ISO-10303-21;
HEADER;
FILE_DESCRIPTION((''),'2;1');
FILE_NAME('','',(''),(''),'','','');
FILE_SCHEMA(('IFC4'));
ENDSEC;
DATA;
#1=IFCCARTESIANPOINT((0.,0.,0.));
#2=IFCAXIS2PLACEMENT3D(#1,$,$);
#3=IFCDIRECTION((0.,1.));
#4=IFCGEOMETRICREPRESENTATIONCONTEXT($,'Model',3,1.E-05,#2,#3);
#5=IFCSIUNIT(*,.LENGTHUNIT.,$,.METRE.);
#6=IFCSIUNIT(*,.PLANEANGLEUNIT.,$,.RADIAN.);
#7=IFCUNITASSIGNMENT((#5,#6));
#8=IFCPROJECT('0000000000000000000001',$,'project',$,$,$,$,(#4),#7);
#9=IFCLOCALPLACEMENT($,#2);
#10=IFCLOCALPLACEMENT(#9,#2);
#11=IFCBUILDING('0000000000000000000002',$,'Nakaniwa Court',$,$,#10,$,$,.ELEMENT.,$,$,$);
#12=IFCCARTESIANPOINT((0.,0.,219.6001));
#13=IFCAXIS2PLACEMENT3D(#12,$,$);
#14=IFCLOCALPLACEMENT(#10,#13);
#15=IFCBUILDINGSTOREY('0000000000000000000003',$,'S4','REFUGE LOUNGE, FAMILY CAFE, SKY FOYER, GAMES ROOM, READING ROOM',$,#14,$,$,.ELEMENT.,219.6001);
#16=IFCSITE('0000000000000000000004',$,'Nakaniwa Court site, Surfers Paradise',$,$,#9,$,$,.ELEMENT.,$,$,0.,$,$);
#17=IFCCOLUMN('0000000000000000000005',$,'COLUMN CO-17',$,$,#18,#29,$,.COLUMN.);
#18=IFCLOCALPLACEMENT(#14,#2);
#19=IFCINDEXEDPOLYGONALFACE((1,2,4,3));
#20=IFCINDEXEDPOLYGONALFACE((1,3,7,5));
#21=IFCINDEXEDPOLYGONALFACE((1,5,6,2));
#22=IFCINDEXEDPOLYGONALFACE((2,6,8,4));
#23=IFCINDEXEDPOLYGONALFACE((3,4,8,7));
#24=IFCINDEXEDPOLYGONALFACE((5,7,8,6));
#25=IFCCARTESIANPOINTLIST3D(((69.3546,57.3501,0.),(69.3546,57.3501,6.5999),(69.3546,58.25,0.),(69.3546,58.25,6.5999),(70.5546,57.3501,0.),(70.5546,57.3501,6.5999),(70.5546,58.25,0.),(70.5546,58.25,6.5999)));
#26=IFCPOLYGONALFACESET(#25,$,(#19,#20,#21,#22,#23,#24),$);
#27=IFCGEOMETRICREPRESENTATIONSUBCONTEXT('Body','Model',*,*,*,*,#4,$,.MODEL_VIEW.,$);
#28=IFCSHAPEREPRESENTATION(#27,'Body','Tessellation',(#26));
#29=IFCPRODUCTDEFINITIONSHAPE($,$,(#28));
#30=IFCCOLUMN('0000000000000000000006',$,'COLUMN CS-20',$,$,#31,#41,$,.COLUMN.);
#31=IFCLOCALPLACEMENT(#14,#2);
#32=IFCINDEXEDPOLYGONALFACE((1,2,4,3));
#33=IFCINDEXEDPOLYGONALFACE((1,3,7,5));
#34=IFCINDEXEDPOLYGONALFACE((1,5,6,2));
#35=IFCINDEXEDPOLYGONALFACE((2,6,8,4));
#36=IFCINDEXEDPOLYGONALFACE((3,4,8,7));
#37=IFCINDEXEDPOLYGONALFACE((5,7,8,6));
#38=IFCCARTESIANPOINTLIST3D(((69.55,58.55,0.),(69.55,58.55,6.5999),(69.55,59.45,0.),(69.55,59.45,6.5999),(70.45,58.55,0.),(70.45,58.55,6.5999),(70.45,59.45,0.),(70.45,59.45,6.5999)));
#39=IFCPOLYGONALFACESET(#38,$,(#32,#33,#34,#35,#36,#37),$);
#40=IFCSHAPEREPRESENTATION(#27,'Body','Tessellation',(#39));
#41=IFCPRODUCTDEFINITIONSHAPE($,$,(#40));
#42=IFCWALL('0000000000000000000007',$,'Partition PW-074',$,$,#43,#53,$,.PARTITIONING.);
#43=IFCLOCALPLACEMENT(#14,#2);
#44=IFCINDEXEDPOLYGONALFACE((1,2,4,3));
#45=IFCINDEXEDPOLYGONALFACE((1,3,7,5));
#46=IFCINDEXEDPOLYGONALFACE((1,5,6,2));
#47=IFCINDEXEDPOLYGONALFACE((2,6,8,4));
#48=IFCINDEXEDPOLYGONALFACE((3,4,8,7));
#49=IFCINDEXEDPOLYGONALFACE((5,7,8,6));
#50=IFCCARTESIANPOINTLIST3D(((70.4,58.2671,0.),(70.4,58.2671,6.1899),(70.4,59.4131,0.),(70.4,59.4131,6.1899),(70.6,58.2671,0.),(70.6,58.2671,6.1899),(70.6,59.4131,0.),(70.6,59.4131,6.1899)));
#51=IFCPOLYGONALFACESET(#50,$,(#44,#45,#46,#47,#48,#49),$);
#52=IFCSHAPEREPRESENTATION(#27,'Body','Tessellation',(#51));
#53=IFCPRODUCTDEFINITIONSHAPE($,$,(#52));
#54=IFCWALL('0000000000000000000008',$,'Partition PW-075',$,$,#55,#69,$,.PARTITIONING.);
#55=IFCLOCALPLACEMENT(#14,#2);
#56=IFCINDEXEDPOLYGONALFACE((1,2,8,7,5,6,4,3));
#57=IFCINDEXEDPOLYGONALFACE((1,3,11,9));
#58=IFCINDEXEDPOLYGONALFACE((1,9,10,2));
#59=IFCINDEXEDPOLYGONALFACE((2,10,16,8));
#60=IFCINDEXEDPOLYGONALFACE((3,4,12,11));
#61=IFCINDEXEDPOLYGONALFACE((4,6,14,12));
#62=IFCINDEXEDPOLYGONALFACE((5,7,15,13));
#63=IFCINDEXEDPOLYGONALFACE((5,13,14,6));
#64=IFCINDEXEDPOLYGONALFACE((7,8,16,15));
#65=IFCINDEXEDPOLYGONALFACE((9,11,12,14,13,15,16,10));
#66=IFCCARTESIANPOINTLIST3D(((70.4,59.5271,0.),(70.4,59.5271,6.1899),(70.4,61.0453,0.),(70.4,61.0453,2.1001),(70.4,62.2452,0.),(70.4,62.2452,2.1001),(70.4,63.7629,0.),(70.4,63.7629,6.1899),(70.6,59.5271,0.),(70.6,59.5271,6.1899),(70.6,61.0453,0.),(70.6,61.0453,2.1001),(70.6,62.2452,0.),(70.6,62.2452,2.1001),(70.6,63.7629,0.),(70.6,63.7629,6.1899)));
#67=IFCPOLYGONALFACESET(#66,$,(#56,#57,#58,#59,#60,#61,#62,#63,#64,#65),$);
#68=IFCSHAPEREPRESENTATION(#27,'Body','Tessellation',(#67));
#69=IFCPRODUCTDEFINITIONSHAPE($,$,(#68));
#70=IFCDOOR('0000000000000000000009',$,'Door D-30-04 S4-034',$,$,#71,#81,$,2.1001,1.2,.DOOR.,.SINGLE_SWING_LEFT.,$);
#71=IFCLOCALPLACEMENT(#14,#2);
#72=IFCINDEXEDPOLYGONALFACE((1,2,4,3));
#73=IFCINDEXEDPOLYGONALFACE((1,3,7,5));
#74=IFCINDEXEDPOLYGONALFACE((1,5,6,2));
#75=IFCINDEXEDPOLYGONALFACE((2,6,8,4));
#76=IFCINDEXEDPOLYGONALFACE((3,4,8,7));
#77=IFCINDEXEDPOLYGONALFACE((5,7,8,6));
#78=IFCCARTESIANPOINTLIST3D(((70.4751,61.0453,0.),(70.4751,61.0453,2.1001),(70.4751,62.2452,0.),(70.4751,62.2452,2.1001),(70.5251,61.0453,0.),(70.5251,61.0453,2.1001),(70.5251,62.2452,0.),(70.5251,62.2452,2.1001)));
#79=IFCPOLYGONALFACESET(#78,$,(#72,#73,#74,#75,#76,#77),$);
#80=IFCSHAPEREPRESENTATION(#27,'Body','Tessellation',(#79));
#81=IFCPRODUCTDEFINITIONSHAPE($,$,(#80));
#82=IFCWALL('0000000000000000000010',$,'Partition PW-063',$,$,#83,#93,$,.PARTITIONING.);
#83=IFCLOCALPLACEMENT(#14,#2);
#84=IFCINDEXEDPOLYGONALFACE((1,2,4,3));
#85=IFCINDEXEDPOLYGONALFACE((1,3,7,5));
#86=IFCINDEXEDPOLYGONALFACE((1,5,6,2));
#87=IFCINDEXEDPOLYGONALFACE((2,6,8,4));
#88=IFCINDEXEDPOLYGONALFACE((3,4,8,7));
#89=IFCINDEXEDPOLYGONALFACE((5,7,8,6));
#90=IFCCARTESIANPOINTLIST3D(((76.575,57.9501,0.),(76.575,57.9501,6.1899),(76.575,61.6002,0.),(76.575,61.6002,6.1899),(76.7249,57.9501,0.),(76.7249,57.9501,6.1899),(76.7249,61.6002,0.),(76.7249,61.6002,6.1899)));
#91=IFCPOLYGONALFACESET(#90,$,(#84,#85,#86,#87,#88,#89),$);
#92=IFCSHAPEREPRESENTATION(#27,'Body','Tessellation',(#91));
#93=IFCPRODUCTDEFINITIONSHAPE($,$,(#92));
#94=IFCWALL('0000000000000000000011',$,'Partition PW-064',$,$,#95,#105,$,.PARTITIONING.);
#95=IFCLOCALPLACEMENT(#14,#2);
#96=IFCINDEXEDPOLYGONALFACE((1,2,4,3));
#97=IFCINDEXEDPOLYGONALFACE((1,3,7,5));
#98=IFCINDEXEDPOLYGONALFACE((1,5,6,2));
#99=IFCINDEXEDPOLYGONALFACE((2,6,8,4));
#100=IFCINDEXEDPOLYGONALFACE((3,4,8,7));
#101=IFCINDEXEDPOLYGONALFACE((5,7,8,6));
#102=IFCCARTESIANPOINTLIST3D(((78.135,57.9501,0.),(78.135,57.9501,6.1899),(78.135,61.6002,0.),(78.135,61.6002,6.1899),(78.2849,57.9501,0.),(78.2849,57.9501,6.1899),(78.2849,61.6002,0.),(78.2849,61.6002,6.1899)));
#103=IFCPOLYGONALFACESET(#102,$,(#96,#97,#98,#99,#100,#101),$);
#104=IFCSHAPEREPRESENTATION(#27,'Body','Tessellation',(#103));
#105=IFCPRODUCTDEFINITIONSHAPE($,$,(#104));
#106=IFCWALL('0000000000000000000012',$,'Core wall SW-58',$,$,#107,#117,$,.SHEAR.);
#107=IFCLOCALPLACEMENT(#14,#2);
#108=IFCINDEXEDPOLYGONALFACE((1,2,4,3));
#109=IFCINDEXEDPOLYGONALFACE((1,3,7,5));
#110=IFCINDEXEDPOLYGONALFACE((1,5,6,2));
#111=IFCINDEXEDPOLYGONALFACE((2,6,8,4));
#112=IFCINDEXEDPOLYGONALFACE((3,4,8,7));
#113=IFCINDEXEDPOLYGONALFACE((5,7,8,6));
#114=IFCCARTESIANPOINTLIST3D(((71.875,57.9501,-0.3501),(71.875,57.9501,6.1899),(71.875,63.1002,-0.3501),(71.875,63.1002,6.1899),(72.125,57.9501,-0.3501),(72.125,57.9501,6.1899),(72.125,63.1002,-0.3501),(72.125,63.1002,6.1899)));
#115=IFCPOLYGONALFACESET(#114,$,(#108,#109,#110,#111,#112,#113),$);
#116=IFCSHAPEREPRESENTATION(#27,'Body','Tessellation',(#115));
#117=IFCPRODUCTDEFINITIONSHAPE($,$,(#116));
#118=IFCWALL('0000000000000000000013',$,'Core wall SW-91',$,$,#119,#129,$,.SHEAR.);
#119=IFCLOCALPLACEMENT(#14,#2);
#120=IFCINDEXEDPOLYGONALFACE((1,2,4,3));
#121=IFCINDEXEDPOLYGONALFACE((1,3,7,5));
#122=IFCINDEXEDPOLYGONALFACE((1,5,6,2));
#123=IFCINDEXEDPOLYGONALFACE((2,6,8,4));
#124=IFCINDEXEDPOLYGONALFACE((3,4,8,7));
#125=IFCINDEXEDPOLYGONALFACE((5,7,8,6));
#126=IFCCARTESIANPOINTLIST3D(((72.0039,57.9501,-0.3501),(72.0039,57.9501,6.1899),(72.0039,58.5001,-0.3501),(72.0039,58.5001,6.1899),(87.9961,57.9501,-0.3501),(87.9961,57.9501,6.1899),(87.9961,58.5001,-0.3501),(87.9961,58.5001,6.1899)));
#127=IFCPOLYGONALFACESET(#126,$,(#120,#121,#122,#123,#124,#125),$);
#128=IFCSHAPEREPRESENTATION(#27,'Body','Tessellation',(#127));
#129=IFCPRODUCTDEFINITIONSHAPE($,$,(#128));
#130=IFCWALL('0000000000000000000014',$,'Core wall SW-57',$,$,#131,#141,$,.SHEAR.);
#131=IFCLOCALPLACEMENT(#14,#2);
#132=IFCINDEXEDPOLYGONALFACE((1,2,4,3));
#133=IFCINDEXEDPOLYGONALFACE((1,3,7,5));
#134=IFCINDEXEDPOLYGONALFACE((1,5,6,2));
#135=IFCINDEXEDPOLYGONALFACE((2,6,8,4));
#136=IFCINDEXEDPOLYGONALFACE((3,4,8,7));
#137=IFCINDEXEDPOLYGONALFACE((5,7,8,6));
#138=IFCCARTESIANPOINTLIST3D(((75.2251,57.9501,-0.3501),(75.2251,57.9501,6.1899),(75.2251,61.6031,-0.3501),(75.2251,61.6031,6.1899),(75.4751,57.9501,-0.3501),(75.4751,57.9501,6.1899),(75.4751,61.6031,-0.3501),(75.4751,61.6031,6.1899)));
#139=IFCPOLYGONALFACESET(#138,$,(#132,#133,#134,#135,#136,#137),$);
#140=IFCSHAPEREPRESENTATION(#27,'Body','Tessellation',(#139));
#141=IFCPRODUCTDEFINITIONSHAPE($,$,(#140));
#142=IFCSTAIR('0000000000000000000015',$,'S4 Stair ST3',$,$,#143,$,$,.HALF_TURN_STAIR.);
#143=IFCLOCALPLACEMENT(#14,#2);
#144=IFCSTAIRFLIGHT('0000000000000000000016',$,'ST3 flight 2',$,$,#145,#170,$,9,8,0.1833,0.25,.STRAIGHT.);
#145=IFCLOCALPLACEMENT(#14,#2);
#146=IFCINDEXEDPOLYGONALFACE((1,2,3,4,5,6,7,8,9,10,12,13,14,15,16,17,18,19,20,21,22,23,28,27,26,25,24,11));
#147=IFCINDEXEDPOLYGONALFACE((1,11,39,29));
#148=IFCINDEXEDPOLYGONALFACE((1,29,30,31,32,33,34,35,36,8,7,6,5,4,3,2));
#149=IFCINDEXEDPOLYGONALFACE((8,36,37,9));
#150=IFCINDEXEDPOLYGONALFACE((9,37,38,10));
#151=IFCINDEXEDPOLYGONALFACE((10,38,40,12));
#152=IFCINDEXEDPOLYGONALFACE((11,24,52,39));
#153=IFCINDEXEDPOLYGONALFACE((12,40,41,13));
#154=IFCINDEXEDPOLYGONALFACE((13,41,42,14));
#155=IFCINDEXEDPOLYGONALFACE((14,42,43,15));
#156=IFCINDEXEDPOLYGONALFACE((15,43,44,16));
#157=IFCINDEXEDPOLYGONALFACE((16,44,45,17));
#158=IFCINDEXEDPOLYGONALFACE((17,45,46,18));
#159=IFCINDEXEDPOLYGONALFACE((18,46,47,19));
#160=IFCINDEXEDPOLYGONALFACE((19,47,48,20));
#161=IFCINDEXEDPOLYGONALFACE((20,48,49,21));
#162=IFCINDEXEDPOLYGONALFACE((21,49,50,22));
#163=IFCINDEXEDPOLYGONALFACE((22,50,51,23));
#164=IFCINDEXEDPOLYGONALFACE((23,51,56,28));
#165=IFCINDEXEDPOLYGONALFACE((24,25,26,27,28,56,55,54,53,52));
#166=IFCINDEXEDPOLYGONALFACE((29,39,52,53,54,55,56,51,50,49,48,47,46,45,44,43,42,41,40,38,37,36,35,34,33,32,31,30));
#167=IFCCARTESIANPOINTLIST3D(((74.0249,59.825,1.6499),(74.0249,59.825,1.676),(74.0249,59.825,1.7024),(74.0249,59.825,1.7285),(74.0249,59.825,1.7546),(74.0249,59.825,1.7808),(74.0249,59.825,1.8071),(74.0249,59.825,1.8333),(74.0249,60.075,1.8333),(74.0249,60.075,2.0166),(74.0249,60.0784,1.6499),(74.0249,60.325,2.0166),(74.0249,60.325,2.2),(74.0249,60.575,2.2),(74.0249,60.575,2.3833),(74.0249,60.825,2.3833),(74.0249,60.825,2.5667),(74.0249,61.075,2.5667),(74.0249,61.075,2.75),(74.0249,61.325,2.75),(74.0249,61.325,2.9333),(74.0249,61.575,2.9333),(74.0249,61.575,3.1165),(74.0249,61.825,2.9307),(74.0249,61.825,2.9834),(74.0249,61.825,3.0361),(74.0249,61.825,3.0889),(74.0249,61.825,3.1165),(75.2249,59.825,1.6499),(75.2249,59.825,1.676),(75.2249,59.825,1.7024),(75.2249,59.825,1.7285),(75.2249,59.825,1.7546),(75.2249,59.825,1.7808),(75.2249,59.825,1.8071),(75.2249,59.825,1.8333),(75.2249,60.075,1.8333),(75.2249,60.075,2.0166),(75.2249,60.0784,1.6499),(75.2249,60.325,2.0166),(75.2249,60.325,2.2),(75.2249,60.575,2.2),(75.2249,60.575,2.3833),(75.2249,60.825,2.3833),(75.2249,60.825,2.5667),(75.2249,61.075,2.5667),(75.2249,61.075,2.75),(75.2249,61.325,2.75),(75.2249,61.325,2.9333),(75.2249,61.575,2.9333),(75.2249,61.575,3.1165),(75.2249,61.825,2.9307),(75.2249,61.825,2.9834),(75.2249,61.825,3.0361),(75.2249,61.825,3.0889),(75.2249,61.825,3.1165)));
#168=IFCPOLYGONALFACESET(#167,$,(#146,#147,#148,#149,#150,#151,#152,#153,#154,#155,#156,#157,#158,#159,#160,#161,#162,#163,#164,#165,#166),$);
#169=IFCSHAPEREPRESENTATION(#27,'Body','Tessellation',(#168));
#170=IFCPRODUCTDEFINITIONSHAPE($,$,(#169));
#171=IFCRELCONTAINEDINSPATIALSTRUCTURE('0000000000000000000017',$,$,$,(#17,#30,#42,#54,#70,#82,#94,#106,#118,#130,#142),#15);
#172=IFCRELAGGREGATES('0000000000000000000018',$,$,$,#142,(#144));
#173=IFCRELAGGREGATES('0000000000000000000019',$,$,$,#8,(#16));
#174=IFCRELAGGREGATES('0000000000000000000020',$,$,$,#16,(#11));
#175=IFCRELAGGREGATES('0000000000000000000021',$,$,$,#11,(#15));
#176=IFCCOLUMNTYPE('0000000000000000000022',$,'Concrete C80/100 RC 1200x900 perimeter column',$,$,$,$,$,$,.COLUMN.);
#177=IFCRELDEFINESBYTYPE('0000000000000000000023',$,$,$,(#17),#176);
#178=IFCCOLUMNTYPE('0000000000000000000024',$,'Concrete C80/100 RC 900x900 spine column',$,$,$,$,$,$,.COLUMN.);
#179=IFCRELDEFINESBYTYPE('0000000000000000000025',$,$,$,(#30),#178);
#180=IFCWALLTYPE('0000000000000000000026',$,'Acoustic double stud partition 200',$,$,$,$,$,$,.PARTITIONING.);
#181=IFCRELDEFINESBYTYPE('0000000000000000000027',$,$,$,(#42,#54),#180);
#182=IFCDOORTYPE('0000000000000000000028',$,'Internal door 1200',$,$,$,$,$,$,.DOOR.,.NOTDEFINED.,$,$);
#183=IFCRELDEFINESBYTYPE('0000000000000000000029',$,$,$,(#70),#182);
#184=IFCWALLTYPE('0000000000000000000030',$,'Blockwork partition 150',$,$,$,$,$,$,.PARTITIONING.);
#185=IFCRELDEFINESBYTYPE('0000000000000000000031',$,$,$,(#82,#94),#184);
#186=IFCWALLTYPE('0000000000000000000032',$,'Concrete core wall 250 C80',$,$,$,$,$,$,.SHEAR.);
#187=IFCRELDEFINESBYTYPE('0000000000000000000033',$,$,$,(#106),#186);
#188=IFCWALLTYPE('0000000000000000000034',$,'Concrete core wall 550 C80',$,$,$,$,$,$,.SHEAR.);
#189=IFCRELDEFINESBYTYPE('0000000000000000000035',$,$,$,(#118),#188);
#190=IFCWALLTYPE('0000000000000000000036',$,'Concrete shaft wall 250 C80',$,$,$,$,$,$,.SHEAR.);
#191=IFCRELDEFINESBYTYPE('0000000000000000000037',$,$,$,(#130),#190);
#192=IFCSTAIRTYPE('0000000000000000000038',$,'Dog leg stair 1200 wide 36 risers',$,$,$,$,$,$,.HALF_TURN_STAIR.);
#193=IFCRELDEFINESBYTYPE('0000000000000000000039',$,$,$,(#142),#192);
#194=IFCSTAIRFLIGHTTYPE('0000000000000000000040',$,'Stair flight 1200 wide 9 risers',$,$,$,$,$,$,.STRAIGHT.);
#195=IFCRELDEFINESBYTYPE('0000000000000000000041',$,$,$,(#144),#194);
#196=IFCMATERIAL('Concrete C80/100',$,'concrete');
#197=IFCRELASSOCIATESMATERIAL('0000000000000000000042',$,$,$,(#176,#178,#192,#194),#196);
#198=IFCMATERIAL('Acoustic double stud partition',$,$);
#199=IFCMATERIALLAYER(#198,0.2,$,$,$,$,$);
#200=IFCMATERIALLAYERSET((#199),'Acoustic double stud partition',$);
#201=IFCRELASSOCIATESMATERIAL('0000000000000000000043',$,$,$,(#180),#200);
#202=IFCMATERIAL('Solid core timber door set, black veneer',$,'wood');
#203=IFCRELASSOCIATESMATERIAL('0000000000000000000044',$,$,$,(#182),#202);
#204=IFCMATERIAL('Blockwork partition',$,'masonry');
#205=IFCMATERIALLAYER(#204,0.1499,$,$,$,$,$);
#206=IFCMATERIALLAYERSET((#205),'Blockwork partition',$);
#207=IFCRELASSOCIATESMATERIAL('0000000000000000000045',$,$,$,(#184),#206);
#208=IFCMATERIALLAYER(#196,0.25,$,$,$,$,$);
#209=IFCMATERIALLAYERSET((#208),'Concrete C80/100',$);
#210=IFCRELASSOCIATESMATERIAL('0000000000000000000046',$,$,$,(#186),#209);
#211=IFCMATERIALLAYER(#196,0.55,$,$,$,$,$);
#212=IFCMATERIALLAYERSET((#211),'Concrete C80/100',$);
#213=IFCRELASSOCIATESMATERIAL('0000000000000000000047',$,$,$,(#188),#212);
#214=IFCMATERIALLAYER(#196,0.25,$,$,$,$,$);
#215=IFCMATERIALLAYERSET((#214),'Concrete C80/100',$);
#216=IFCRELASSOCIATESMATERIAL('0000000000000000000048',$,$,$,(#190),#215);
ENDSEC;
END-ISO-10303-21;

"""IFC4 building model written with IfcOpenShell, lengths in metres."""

from ifc_helpers import new_model, si_unit, direction, frame, frame_2d, origin, origin_2d, place, context, subcontext, project, spatial, polyline, rectangle, outline, extrude, material, layer, layer_set, material_profile, profile_set, type_object, element, fill, aggregate, save


model = new_model("IFC4")

# Units and contexts
model_context = context("Model", 3, precision=1e-05, world=origin(), true_north=direction((0.0, 1.0)))
body_context = subcontext(model_context, "Body", "Model", "MODEL_VIEW")
ifc_project = project(units=[si_unit("LENGTHUNIT", "METRE"), si_unit("PLANEANGLEUNIT", "RADIAN")], contexts=[model_context])

# Site, building, storey
site_placement = place(None, origin())
site = spatial("IfcSite", under=ifc_project, at=site_placement, Name="Nakaniwa Court site, Surfers Paradise", CompositionType="ELEMENT", RefElevation=0.0)
building_placement = place(site_placement, origin())
building = spatial("IfcBuilding", under=site, at=building_placement, Name="Nakaniwa Court", CompositionType="ELEMENT")
storey_placement = place(building_placement, frame((0.0, 0.0, 219.6001)))
storey = spatial("IfcBuildingStorey", under=building, at=storey_placement, Name="S4", Description="REFUGE LOUNGE, FAMILY CAFE, SKY FOYER, GAMES ROOM, READING ROOM", CompositionType="ELEMENT", Elevation=219.6001)

# Columns
ifc_material_1 = material(Name="Concrete C80/100", Category="concrete")
ifc_material_profile_1 = material_profile(ifc_material_1, rectangle(XDim=1.2, YDim=0.8999, at=origin_2d()), Name="Concrete C80/100 RC 1200x900 perimeter column")
ifc_profile_set_1 = profile_set([ifc_material_profile_1], Name="Concrete C80/100")
column_type_1 = type_object("IfcColumnType", Name="Concrete C80/100 RC 1200x900 perimeter column", PredefinedType="COLUMN", material=ifc_profile_set_1)
column_1_placement = place(storey_placement, frame((69.9546, 57.8, 0.0), z_axis=(0.0, 0.0, 1.0), x_axis=(1.0, 0.0, 0.0)))
element("IfcColumn", 1, at=column_1_placement, inside=storey, type_object=column_type_1, Name="COLUMN CO-17", PredefinedType="COLUMN", context=body_context, shape_type="SweptSolid", body=[
    extrude(rectangle(XDim=1.2, YDim=0.8999, at=origin_2d()), origin(), (0.0, 0.0, 1.0), 6.5999),
])
ifc_material_profile_2 = material_profile(ifc_material_1, rectangle(XDim=0.8999, YDim=0.8999, at=origin_2d()), Name="Concrete C80/100 RC 900x900 spine column")
ifc_profile_set_2 = profile_set([ifc_material_profile_2], Name="Concrete C80/100")
column_type_2 = type_object("IfcColumnType", Name="Concrete C80/100 RC 900x900 spine column", PredefinedType="COLUMN", material=ifc_profile_set_2)
column_2_placement = place(storey_placement, frame((70.0, 59.0, 0.0), z_axis=(0.0, 0.0, 1.0), x_axis=(0.0, -1.0, 0.0)))
element("IfcColumn", 2, at=column_2_placement, inside=storey, type_object=column_type_2, Name="COLUMN CS-20", PredefinedType="COLUMN", context=body_context, shape_type="SweptSolid", body=[
    extrude(rectangle(XDim=0.8999, YDim=0.8999, at=origin_2d()), origin(), (0.0, 0.0, 1.0), 6.5999),
])

# Wall
ifc_material_2 = material(Name="Acoustic double stud partition")
ifc_layer_1 = layer(ifc_material_2, 0.2)
ifc_layer_set_1 = layer_set([ifc_layer_1], Name="Acoustic double stud partition")
wall_type_1 = type_object("IfcWallType", Name="Acoustic double stud partition 200", PredefinedType="PARTITIONING", material=ifc_layer_set_1)
wall_1_placement = place(storey_placement, frame((70.5, 58.2671, 0.0), z_axis=(0.0, 0.0, 1.0), x_axis=(0.0, 1.0, 0.0)))
element("IfcWall", 3, at=wall_1_placement, inside=storey, type_object=wall_type_1, Name="Partition PW-074", PredefinedType="PARTITIONING", context=body_context, shape_type="SweptSolid", body=[
    extrude(rectangle(XDim=1.146, YDim=0.2, at=frame_2d((0.573, 0.0))), origin(), (0.0, 0.0, 1.0), 6.1899),
])

# Wall, opening, door
wall_2_placement = place(storey_placement, frame((70.5, 59.5271, 0.0), z_axis=(0.0, 0.0, 1.0), x_axis=(0.0, 1.0, 0.0)))
wall_2 = element("IfcWall", 4, at=wall_2_placement, inside=storey, type_object=wall_type_1, Name="Partition PW-075", PredefinedType="PARTITIONING", context=body_context, shape_type="SweptSolid", body=[
    extrude(rectangle(XDim=4.2358, YDim=0.2, at=frame_2d((2.1179, 0.0))), origin(), (0.0, 0.0, 1.0), 6.1899),
])
opening_placement = place(wall_2_placement, frame((1.5181, 0.0, 0.0)))
opening = element("IfcOpeningElement", 5, at=opening_placement, cuts=wall_2, PredefinedType="OPENING", context=body_context, shape_type="SweptSolid", body=[
    extrude(rectangle(XDim=1.2, YDim=2.1001, at=frame_2d((0.6001, 1.05))), frame((0.0, 0.1099, 0.0), z_axis=(0.0, -1.0, 0.0), x_axis=(1.0, 0.0, 0.0)), (0.0, 0.0, 1.0), 0.22),
])
ifc_material_3 = material(Name="Solid core timber door set, black veneer", Category="wood")
door_type = type_object("IfcDoorType", Name="Internal door 1200", OperationType="NOTDEFINED", PredefinedType="DOOR", material=ifc_material_3)
door_placement = place(opening_placement, origin())
door = element("IfcDoor", 6, at=door_placement, inside=storey, type_object=door_type, Name="Door D-30-04 S4-034", OperationType="SINGLE_SWING_LEFT", OverallHeight=2.1001, OverallWidth=1.2, PredefinedType="DOOR", context=body_context, shape_type="SweptSolid", body=[
    extrude(rectangle(XDim=1.2, YDim=2.1001, at=frame_2d((0.6001, 1.05))), frame((0.0, 0.0249, 0.0), z_axis=(0.0, -1.0, 0.0), x_axis=(1.0, 0.0, 0.0)), (0.0, 0.0, 1.0), 0.05),
])
fill(opening, door)

# Walls
ifc_material_4 = material(Name="Blockwork partition", Category="masonry")
ifc_layer_2 = layer(ifc_material_4, 0.1499)
ifc_layer_set_2 = layer_set([ifc_layer_2], Name="Blockwork partition")
wall_type_2 = type_object("IfcWallType", Name="Blockwork partition 150", PredefinedType="PARTITIONING", material=ifc_layer_set_2)
for number, where, z_axis, x_axis, name in (
    (7, (76.6499, 57.95, 0.0), (0.0, 0.0, 1.0), (0.0, 1.0, 0.0), "Partition PW-063"),
    (8, (78.21, 57.95, 0.0), (0.0, 0.0, 1.0), (0.0, 1.0, 0.0), "Partition PW-064"),
):
    element("IfcWall", number, at=place(storey_placement, frame(where, z_axis=z_axis, x_axis=x_axis)), inside=storey, type_object=wall_type_2, Name=name, PredefinedType="PARTITIONING", context=body_context, shape_type="SweptSolid", body=[
        extrude(rectangle(XDim=3.6501, YDim=0.1499, at=frame_2d((1.8252, 0.0))), origin(), (0.0, 0.0, 1.0), 6.1899),
    ])
ifc_layer_3 = layer(ifc_material_1, 0.25)
ifc_layer_set_3 = layer_set([ifc_layer_3], Name="Concrete C80/100")
wall_type_3 = type_object("IfcWallType", Name="Concrete core wall 250 C80", PredefinedType="SHEAR", material=ifc_layer_set_3)
wall_3_placement = place(storey_placement, frame((72.0, 57.95, -0.3501), z_axis=(0.0, 0.0, 1.0), x_axis=(0.0, 1.0, 0.0)))
element("IfcWall", 9, at=wall_3_placement, inside=storey, type_object=wall_type_3, Name="Core wall SW-58", PredefinedType="SHEAR", context=body_context, shape_type="SweptSolid", body=[
    extrude(rectangle(XDim=5.1501, YDim=0.25, at=frame_2d((2.5752, 0.0))), origin(), (0.0, 0.0, 1.0), 6.54),
])
ifc_layer_4 = layer(ifc_material_1, 0.55)
ifc_layer_set_4 = layer_set([ifc_layer_4], Name="Concrete C80/100")
wall_type_4 = type_object("IfcWallType", Name="Concrete core wall 550 C80", PredefinedType="SHEAR", material=ifc_layer_set_4)
wall_4_placement = place(storey_placement, frame((72.0039, 58.2251, -0.3501), z_axis=(0.0, 0.0, 1.0), x_axis=(1.0, 0.0, 0.0)))
element("IfcWall", 10, at=wall_4_placement, inside=storey, type_object=wall_type_4, Name="Core wall SW-91", PredefinedType="SHEAR", context=body_context, shape_type="SweptSolid", body=[
    extrude(rectangle(XDim=15.9922, YDim=0.55, at=frame_2d((7.9961, 0.0))), origin(), (0.0, 0.0, 1.0), 6.54),
])
ifc_layer_5 = layer(ifc_material_1, 0.25)
ifc_layer_set_5 = layer_set([ifc_layer_5], Name="Concrete C80/100")
wall_type_5 = type_object("IfcWallType", Name="Concrete shaft wall 250 C80", PredefinedType="SHEAR", material=ifc_layer_set_5)
wall_5_placement = place(storey_placement, frame((75.3501, 57.95, -0.3501), z_axis=(0.0, 0.0, 1.0), x_axis=(0.0, 1.0, 0.0)))
element("IfcWall", 11, at=wall_5_placement, inside=storey, type_object=wall_type_5, Name="Core wall SW-57", PredefinedType="SHEAR", context=body_context, shape_type="SweptSolid", body=[
    extrude(rectangle(XDim=3.6531, YDim=0.25, at=frame_2d((1.8267, 0.0))), origin(), (0.0, 0.0, 1.0), 6.54),
])

# Stair, stair flight
stair_type = type_object("IfcStairType", Name="Dog leg stair 1200 wide 36 risers", PredefinedType="HALF_TURN_STAIR", material=ifc_material_1)
stair_placement = place(storey_placement, origin())
stair = element("IfcStair", 12, at=stair_placement, inside=storey, type_object=stair_type, Name="S4 Stair ST3", PredefinedType="HALF_TURN_STAIR")
stair_flight_type = type_object("IfcStairFlightType", Name="Stair flight 1200 wide 9 risers", PredefinedType="STRAIGHT", material=ifc_material_1)
stair_flight_1_placement = place(storey_placement, frame((74.625, 59.825, 1.6499), z_axis=(0.0, 0.0, 1.0), x_axis=(0.0, 1.0, 0.0)))
stair_flight_1 = element("IfcStairFlight", 13, at=stair_flight_1_placement, type_object=stair_flight_type, Name="ST3 flight 2", NumberOfRisers=9, NumberOfTreads=8, PredefinedType="STRAIGHT", RiserHeight=0.1833, TreadLength=0.25, context=body_context, shape_type="SweptSolid", body=[
    extrude(outline(polyline([(0.0, 0.0), (0.0, 0.0261), (0.0, 0.0525), (0.0, 0.0786), (0.0, 0.1047), (0.0, 0.1309), (0.0, 0.1572), (0.0, 0.1833), (0.25, 0.1833), (0.25, 0.3667), (0.5, 0.3667), (0.5, 0.55), (0.75, 0.55), (0.75, 0.7334), (1.0, 0.7334), (1.0, 0.9167), (1.25, 0.9167), (1.25, 1.1001), (1.5, 1.1001), (1.5, 1.2834), (1.75, 1.2834), (1.75, 1.4666), (2.0, 1.4666), (2.0, 1.6499), (2.0, 1.5972), (2.0, 1.5444), (2.0, 1.4917), (2.0, 1.439), (2.0, 1.3862), (2.0, 1.3335), (2.0, 1.2808), (0.2534, 0.0), (0.0, 0.0)])), frame((0.0, 0.6001, 0.0), z_axis=(0.0, -1.0, 0.0), x_axis=(1.0, 0.0, 0.0)), (0.0, 0.0, 1.0), 1.2),
])
aggregate(stair, [stair_flight_1])

save(model, "model.ifc")
